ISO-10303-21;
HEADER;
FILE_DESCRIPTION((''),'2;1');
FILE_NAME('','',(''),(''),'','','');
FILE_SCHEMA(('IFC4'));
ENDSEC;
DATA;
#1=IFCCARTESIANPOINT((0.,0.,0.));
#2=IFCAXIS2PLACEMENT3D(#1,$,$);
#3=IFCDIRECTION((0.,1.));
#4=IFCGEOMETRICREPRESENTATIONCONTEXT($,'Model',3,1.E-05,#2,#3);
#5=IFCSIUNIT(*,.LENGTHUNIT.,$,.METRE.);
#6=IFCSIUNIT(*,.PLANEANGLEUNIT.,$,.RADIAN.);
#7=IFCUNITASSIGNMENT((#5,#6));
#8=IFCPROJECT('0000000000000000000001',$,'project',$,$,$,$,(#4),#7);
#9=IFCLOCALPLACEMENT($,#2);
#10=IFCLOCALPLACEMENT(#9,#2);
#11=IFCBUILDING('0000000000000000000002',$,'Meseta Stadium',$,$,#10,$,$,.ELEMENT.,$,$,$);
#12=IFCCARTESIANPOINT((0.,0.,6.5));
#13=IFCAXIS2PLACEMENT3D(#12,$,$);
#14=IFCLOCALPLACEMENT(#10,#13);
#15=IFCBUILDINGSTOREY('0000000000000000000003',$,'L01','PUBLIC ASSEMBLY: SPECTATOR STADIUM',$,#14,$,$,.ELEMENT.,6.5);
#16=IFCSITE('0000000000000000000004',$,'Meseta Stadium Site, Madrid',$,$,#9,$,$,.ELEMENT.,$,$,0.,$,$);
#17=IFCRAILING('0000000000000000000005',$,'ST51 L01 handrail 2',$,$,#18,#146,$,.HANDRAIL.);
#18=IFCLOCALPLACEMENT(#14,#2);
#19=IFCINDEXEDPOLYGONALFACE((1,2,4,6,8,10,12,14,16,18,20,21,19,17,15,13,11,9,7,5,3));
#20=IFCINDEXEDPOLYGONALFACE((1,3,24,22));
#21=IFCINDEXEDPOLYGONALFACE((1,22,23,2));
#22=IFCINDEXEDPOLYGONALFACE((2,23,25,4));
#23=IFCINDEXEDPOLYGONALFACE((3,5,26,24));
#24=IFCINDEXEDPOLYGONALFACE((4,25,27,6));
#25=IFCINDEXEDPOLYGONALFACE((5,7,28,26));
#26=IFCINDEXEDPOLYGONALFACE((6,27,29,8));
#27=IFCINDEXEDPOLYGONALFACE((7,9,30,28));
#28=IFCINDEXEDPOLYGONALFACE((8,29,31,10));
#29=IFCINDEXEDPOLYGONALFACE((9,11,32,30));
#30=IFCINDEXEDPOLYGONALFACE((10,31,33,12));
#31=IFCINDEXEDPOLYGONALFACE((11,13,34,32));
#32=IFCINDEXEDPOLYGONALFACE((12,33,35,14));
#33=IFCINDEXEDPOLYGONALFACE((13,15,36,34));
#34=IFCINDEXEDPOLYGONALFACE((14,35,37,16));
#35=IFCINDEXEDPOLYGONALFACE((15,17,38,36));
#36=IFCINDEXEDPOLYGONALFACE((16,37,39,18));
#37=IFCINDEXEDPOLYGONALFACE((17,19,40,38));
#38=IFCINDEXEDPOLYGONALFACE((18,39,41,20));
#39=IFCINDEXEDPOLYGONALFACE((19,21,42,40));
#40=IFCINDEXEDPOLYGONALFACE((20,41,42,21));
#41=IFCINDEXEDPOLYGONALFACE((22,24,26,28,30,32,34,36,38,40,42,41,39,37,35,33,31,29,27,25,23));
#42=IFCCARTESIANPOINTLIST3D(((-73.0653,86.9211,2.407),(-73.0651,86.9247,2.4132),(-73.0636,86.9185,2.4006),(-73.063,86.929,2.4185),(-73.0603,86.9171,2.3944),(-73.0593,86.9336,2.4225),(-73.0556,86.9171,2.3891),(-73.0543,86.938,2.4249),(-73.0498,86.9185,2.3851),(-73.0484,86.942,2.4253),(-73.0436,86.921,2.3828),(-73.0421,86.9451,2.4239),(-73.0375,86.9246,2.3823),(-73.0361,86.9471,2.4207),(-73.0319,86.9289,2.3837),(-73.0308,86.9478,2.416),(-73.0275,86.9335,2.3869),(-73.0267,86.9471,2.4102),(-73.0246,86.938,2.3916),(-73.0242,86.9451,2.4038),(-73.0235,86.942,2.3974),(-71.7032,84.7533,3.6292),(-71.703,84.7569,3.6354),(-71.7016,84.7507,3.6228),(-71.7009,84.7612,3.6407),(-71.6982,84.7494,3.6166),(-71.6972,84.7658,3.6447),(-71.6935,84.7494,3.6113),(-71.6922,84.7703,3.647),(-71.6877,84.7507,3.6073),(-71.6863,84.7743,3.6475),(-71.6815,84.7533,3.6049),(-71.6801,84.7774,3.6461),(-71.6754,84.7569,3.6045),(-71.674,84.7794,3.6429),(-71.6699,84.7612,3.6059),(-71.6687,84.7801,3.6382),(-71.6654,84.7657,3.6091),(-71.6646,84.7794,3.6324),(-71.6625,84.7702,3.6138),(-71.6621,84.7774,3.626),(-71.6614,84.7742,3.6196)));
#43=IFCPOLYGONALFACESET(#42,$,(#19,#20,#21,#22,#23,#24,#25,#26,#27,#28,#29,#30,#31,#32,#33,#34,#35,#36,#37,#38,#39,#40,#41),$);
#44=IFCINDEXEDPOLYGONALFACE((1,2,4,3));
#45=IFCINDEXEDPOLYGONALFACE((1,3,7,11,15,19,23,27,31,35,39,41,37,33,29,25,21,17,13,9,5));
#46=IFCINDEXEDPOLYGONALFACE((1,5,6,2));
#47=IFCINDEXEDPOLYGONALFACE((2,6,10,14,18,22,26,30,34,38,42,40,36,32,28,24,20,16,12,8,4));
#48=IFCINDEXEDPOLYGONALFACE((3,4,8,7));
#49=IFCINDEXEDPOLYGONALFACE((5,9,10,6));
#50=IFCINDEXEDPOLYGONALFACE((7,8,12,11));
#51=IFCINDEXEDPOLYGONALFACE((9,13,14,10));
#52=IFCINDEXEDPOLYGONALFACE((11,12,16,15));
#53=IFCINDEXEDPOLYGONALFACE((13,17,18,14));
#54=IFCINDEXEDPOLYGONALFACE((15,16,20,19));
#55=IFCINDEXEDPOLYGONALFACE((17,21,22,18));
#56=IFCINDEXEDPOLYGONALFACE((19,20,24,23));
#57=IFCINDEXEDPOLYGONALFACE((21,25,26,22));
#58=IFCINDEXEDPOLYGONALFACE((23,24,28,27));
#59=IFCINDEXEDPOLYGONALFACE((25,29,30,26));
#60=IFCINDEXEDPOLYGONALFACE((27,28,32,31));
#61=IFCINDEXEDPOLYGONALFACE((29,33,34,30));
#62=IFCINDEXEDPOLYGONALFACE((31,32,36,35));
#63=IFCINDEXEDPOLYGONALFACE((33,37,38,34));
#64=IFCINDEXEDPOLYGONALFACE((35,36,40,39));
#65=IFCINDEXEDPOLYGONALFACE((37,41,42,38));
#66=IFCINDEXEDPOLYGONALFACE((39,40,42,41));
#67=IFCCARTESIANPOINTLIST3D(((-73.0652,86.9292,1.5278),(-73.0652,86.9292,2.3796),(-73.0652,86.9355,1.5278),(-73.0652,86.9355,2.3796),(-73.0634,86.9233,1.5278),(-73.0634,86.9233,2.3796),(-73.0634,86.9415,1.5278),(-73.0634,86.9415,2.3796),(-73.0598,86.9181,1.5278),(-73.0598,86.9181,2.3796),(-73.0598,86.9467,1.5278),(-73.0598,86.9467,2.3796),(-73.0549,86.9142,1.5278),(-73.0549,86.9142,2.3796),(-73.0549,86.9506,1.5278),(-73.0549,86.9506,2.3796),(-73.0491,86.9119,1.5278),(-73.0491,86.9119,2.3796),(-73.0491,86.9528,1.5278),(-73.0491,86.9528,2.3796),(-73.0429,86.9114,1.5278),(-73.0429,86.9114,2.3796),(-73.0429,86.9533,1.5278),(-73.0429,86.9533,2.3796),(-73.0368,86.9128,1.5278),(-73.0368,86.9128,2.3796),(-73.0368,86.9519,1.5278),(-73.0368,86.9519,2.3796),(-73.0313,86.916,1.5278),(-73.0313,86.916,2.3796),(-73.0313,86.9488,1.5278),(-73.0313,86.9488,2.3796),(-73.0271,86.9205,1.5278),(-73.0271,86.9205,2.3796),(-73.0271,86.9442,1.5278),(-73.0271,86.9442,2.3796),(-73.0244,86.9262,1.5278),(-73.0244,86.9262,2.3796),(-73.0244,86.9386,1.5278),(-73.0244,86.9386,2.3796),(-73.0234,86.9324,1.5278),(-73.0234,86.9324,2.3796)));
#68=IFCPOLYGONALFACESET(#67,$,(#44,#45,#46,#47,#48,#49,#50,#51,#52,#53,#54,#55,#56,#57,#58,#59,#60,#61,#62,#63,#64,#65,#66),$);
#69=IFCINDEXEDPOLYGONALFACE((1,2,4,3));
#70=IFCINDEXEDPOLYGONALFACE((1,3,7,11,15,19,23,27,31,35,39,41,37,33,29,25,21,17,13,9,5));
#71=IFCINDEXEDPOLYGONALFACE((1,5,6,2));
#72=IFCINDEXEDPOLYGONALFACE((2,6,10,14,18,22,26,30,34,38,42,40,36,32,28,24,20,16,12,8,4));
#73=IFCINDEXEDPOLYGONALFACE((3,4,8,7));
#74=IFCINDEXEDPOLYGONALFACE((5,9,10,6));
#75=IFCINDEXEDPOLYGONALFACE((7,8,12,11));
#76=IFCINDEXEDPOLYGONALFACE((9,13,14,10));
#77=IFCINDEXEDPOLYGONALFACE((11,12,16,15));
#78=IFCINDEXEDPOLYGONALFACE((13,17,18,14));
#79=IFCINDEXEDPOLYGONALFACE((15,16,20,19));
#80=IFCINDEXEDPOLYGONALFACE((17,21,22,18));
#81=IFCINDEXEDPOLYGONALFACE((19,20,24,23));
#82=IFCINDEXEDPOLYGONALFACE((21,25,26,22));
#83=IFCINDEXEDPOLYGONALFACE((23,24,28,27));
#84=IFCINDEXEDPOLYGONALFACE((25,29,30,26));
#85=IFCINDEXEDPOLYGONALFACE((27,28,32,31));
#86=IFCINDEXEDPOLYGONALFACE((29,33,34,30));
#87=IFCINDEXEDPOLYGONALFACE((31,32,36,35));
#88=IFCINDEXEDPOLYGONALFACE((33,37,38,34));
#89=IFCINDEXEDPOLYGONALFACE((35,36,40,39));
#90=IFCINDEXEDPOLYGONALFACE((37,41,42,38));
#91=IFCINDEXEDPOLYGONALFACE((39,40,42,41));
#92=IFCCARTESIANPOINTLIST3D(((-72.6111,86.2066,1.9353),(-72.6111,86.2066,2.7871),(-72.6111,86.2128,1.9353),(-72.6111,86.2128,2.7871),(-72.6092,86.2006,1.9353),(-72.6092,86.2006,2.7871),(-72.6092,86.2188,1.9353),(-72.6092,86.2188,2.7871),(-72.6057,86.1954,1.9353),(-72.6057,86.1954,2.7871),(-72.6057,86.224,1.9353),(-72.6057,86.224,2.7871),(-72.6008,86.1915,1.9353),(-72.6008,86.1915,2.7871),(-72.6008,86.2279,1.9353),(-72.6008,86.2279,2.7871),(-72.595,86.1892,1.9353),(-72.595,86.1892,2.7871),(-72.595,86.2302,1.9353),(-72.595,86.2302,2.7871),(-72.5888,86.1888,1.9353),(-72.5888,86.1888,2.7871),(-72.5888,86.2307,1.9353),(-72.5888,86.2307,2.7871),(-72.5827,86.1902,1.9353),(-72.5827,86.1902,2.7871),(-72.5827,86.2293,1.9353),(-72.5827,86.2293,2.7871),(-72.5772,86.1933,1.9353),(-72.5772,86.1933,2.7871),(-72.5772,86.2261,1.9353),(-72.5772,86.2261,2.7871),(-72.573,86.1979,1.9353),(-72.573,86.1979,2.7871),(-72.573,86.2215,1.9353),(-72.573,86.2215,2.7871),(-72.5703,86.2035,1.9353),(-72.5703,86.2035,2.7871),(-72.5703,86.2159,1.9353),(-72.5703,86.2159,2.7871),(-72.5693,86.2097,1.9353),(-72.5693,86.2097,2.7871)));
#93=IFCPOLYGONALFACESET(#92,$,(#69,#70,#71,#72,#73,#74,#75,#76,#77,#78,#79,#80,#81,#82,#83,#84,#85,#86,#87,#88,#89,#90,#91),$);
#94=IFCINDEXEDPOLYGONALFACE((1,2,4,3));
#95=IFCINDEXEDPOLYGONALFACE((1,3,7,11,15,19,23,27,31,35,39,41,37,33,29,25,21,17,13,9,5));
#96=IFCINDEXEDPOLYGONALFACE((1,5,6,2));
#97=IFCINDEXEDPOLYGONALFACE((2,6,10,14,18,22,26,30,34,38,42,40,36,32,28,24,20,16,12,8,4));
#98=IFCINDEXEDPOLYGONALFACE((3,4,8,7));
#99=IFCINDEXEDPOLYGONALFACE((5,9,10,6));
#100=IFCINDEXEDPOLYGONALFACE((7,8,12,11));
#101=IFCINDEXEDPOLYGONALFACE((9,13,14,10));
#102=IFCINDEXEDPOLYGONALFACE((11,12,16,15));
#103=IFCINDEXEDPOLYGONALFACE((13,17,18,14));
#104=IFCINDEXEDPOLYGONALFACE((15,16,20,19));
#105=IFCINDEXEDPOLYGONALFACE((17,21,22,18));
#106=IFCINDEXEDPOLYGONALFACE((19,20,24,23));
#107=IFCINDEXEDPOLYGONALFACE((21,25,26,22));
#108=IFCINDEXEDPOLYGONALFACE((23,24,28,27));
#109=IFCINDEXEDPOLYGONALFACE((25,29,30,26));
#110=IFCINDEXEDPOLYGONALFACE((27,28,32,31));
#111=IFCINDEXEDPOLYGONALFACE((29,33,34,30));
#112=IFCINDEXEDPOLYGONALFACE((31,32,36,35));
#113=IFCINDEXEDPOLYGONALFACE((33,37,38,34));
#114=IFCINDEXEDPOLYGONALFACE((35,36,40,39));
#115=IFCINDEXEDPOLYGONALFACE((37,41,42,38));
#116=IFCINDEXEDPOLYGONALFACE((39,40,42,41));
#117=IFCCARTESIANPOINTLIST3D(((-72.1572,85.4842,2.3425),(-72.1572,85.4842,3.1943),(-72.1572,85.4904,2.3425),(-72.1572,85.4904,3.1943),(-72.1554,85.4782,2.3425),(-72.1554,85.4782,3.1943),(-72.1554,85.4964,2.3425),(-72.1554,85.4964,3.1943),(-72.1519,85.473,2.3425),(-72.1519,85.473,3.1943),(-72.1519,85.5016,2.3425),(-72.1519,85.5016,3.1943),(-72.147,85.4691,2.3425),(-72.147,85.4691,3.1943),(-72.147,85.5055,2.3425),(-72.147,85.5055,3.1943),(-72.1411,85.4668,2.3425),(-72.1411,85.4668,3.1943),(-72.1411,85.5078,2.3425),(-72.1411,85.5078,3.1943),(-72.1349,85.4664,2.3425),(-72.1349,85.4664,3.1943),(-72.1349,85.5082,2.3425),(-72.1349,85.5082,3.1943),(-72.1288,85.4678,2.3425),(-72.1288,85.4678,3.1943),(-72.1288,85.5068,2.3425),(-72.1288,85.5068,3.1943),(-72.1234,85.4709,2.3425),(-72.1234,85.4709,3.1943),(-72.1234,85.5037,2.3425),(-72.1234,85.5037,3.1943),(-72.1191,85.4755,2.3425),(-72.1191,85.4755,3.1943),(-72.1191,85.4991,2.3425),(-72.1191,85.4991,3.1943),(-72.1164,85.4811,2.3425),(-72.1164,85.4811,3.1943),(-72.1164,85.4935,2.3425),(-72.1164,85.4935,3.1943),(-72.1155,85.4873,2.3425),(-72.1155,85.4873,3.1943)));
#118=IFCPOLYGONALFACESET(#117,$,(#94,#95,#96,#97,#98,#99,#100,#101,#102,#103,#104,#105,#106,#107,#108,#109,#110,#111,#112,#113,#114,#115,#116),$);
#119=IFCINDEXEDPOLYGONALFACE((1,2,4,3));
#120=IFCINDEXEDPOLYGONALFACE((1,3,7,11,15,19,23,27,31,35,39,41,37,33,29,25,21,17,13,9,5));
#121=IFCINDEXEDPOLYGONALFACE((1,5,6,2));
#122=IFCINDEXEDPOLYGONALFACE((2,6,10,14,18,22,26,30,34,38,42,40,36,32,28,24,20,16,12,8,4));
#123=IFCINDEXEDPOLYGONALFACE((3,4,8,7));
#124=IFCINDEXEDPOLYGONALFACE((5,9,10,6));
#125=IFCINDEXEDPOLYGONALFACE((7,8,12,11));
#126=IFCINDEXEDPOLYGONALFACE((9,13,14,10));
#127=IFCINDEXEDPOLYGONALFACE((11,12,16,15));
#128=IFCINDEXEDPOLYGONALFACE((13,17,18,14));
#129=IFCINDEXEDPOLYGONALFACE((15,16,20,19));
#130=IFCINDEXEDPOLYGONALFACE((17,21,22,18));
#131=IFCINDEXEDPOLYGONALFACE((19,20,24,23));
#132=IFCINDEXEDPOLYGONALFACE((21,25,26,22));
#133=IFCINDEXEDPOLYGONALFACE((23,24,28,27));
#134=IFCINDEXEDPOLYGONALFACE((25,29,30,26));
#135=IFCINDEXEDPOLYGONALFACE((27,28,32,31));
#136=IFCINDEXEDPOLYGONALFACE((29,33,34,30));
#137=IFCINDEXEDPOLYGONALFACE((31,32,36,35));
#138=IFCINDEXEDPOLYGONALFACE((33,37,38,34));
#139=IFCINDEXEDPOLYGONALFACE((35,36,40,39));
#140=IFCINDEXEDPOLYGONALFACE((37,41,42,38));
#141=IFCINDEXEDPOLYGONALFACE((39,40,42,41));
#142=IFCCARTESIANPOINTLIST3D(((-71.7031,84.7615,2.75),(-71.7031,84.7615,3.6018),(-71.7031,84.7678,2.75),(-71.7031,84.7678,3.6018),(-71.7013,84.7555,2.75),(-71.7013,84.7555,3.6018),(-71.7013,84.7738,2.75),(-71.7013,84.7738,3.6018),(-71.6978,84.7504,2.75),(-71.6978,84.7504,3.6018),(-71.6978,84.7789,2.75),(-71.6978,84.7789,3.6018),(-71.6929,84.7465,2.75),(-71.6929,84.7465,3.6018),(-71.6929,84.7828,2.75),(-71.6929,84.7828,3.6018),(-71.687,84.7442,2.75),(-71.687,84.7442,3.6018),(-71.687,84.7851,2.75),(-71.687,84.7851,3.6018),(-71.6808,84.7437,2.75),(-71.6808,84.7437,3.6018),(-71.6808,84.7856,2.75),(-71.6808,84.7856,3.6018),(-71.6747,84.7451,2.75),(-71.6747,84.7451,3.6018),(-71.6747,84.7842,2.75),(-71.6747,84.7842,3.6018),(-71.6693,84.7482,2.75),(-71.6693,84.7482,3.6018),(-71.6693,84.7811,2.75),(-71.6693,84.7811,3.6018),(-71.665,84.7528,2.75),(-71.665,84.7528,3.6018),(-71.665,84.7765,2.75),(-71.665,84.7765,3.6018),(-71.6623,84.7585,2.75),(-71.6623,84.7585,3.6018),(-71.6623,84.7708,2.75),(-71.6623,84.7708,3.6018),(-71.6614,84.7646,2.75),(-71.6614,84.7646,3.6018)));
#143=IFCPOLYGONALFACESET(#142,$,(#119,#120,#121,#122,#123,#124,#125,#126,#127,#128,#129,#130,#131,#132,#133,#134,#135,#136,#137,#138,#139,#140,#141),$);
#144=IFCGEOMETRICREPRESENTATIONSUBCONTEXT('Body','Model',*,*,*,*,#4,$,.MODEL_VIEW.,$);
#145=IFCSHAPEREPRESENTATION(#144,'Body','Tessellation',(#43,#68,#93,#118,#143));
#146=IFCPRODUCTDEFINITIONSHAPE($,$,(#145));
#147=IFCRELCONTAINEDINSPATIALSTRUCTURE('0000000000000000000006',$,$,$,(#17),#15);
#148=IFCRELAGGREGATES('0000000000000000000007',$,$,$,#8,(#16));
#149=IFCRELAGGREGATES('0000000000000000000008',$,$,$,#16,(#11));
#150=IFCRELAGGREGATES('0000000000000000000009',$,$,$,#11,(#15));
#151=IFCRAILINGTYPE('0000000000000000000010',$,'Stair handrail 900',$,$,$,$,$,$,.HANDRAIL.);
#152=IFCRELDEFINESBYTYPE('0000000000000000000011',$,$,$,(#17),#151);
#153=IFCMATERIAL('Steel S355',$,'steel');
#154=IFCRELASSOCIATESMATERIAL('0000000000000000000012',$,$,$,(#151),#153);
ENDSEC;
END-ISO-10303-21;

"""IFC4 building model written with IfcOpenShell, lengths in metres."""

from ifc_helpers import new_model, si_unit, direction, frame, origin, origin_2d, place, context, subcontext, project, spatial, circle, extrude, material, type_object, element, save


model = new_model("IFC4")

# Units and contexts
model_context = context("Model", 3, precision=1e-05, world=origin(), true_north=direction((0.0, 1.0)))
body_context = subcontext(model_context, "Body", "Model", "MODEL_VIEW")
ifc_project = project(units=[si_unit("LENGTHUNIT", "METRE"), si_unit("PLANEANGLEUNIT", "RADIAN")], contexts=[model_context])

# Site, building, storey
site_placement = place(None, origin())
site = spatial("IfcSite", under=ifc_project, at=site_placement, Name="Meseta Stadium Site, Madrid", CompositionType="ELEMENT", RefElevation=0.0)
building_placement = place(site_placement, origin())
building = spatial("IfcBuilding", under=site, at=building_placement, Name="Meseta Stadium", CompositionType="ELEMENT")
storey_placement = place(building_placement, frame((0.0, 0.0, 6.5)))
storey = spatial("IfcBuildingStorey", under=building, at=storey_placement, Name="L01", Description="PUBLIC ASSEMBLY: SPECTATOR STADIUM", CompositionType="ELEMENT", Elevation=6.5)

# Railing
ifc_material_1 = material(Name="Steel S355", Category="steel")
railing_type_1 = type_object("IfcRailingType", Name="Stair handrail 900", PredefinedType="HANDRAIL", material=ifc_material_1)
railing_1_placement = place(storey_placement, frame((-73.0444, 86.9324, 1.5278)))
element("IfcRailing", 1, at=railing_1_placement, inside=storey, type_object=railing_type_1, Name="ST51 L01 handrail 2", PredefinedType="HANDRAIL", context=body_context, shape_type="SweptSolid", body=[
    extrude(circle(Radius=0.0239, at=origin_2d()), frame((0.0, 0.0, 0.876), z_axis=(0.480125, -0.764121, 0.430813), x_axis=(0.846726, 0.532029, 0.0)), (0.0, 0.0, 1.0), 2.8369),
    extrude(circle(Radius=0.021, at=origin_2d()), origin(), (0.0, 0.0, 1.0), 0.8518),
    extrude(circle(Radius=0.021, at=origin_2d()), frame((0.4541, -0.7227, 0.4075)), (0.0, 0.0, 1.0), 0.8518),
    extrude(circle(Radius=0.021, at=origin_2d()), frame((0.908, -1.4451, 0.8147)), (0.0, 0.0, 1.0), 0.8518),
    extrude(circle(Radius=0.021, at=origin_2d()), frame((1.3621, -2.1677, 1.2222)), (0.0, 0.0, 1.0), 0.8518),
])

save(model, "model.ifc")
